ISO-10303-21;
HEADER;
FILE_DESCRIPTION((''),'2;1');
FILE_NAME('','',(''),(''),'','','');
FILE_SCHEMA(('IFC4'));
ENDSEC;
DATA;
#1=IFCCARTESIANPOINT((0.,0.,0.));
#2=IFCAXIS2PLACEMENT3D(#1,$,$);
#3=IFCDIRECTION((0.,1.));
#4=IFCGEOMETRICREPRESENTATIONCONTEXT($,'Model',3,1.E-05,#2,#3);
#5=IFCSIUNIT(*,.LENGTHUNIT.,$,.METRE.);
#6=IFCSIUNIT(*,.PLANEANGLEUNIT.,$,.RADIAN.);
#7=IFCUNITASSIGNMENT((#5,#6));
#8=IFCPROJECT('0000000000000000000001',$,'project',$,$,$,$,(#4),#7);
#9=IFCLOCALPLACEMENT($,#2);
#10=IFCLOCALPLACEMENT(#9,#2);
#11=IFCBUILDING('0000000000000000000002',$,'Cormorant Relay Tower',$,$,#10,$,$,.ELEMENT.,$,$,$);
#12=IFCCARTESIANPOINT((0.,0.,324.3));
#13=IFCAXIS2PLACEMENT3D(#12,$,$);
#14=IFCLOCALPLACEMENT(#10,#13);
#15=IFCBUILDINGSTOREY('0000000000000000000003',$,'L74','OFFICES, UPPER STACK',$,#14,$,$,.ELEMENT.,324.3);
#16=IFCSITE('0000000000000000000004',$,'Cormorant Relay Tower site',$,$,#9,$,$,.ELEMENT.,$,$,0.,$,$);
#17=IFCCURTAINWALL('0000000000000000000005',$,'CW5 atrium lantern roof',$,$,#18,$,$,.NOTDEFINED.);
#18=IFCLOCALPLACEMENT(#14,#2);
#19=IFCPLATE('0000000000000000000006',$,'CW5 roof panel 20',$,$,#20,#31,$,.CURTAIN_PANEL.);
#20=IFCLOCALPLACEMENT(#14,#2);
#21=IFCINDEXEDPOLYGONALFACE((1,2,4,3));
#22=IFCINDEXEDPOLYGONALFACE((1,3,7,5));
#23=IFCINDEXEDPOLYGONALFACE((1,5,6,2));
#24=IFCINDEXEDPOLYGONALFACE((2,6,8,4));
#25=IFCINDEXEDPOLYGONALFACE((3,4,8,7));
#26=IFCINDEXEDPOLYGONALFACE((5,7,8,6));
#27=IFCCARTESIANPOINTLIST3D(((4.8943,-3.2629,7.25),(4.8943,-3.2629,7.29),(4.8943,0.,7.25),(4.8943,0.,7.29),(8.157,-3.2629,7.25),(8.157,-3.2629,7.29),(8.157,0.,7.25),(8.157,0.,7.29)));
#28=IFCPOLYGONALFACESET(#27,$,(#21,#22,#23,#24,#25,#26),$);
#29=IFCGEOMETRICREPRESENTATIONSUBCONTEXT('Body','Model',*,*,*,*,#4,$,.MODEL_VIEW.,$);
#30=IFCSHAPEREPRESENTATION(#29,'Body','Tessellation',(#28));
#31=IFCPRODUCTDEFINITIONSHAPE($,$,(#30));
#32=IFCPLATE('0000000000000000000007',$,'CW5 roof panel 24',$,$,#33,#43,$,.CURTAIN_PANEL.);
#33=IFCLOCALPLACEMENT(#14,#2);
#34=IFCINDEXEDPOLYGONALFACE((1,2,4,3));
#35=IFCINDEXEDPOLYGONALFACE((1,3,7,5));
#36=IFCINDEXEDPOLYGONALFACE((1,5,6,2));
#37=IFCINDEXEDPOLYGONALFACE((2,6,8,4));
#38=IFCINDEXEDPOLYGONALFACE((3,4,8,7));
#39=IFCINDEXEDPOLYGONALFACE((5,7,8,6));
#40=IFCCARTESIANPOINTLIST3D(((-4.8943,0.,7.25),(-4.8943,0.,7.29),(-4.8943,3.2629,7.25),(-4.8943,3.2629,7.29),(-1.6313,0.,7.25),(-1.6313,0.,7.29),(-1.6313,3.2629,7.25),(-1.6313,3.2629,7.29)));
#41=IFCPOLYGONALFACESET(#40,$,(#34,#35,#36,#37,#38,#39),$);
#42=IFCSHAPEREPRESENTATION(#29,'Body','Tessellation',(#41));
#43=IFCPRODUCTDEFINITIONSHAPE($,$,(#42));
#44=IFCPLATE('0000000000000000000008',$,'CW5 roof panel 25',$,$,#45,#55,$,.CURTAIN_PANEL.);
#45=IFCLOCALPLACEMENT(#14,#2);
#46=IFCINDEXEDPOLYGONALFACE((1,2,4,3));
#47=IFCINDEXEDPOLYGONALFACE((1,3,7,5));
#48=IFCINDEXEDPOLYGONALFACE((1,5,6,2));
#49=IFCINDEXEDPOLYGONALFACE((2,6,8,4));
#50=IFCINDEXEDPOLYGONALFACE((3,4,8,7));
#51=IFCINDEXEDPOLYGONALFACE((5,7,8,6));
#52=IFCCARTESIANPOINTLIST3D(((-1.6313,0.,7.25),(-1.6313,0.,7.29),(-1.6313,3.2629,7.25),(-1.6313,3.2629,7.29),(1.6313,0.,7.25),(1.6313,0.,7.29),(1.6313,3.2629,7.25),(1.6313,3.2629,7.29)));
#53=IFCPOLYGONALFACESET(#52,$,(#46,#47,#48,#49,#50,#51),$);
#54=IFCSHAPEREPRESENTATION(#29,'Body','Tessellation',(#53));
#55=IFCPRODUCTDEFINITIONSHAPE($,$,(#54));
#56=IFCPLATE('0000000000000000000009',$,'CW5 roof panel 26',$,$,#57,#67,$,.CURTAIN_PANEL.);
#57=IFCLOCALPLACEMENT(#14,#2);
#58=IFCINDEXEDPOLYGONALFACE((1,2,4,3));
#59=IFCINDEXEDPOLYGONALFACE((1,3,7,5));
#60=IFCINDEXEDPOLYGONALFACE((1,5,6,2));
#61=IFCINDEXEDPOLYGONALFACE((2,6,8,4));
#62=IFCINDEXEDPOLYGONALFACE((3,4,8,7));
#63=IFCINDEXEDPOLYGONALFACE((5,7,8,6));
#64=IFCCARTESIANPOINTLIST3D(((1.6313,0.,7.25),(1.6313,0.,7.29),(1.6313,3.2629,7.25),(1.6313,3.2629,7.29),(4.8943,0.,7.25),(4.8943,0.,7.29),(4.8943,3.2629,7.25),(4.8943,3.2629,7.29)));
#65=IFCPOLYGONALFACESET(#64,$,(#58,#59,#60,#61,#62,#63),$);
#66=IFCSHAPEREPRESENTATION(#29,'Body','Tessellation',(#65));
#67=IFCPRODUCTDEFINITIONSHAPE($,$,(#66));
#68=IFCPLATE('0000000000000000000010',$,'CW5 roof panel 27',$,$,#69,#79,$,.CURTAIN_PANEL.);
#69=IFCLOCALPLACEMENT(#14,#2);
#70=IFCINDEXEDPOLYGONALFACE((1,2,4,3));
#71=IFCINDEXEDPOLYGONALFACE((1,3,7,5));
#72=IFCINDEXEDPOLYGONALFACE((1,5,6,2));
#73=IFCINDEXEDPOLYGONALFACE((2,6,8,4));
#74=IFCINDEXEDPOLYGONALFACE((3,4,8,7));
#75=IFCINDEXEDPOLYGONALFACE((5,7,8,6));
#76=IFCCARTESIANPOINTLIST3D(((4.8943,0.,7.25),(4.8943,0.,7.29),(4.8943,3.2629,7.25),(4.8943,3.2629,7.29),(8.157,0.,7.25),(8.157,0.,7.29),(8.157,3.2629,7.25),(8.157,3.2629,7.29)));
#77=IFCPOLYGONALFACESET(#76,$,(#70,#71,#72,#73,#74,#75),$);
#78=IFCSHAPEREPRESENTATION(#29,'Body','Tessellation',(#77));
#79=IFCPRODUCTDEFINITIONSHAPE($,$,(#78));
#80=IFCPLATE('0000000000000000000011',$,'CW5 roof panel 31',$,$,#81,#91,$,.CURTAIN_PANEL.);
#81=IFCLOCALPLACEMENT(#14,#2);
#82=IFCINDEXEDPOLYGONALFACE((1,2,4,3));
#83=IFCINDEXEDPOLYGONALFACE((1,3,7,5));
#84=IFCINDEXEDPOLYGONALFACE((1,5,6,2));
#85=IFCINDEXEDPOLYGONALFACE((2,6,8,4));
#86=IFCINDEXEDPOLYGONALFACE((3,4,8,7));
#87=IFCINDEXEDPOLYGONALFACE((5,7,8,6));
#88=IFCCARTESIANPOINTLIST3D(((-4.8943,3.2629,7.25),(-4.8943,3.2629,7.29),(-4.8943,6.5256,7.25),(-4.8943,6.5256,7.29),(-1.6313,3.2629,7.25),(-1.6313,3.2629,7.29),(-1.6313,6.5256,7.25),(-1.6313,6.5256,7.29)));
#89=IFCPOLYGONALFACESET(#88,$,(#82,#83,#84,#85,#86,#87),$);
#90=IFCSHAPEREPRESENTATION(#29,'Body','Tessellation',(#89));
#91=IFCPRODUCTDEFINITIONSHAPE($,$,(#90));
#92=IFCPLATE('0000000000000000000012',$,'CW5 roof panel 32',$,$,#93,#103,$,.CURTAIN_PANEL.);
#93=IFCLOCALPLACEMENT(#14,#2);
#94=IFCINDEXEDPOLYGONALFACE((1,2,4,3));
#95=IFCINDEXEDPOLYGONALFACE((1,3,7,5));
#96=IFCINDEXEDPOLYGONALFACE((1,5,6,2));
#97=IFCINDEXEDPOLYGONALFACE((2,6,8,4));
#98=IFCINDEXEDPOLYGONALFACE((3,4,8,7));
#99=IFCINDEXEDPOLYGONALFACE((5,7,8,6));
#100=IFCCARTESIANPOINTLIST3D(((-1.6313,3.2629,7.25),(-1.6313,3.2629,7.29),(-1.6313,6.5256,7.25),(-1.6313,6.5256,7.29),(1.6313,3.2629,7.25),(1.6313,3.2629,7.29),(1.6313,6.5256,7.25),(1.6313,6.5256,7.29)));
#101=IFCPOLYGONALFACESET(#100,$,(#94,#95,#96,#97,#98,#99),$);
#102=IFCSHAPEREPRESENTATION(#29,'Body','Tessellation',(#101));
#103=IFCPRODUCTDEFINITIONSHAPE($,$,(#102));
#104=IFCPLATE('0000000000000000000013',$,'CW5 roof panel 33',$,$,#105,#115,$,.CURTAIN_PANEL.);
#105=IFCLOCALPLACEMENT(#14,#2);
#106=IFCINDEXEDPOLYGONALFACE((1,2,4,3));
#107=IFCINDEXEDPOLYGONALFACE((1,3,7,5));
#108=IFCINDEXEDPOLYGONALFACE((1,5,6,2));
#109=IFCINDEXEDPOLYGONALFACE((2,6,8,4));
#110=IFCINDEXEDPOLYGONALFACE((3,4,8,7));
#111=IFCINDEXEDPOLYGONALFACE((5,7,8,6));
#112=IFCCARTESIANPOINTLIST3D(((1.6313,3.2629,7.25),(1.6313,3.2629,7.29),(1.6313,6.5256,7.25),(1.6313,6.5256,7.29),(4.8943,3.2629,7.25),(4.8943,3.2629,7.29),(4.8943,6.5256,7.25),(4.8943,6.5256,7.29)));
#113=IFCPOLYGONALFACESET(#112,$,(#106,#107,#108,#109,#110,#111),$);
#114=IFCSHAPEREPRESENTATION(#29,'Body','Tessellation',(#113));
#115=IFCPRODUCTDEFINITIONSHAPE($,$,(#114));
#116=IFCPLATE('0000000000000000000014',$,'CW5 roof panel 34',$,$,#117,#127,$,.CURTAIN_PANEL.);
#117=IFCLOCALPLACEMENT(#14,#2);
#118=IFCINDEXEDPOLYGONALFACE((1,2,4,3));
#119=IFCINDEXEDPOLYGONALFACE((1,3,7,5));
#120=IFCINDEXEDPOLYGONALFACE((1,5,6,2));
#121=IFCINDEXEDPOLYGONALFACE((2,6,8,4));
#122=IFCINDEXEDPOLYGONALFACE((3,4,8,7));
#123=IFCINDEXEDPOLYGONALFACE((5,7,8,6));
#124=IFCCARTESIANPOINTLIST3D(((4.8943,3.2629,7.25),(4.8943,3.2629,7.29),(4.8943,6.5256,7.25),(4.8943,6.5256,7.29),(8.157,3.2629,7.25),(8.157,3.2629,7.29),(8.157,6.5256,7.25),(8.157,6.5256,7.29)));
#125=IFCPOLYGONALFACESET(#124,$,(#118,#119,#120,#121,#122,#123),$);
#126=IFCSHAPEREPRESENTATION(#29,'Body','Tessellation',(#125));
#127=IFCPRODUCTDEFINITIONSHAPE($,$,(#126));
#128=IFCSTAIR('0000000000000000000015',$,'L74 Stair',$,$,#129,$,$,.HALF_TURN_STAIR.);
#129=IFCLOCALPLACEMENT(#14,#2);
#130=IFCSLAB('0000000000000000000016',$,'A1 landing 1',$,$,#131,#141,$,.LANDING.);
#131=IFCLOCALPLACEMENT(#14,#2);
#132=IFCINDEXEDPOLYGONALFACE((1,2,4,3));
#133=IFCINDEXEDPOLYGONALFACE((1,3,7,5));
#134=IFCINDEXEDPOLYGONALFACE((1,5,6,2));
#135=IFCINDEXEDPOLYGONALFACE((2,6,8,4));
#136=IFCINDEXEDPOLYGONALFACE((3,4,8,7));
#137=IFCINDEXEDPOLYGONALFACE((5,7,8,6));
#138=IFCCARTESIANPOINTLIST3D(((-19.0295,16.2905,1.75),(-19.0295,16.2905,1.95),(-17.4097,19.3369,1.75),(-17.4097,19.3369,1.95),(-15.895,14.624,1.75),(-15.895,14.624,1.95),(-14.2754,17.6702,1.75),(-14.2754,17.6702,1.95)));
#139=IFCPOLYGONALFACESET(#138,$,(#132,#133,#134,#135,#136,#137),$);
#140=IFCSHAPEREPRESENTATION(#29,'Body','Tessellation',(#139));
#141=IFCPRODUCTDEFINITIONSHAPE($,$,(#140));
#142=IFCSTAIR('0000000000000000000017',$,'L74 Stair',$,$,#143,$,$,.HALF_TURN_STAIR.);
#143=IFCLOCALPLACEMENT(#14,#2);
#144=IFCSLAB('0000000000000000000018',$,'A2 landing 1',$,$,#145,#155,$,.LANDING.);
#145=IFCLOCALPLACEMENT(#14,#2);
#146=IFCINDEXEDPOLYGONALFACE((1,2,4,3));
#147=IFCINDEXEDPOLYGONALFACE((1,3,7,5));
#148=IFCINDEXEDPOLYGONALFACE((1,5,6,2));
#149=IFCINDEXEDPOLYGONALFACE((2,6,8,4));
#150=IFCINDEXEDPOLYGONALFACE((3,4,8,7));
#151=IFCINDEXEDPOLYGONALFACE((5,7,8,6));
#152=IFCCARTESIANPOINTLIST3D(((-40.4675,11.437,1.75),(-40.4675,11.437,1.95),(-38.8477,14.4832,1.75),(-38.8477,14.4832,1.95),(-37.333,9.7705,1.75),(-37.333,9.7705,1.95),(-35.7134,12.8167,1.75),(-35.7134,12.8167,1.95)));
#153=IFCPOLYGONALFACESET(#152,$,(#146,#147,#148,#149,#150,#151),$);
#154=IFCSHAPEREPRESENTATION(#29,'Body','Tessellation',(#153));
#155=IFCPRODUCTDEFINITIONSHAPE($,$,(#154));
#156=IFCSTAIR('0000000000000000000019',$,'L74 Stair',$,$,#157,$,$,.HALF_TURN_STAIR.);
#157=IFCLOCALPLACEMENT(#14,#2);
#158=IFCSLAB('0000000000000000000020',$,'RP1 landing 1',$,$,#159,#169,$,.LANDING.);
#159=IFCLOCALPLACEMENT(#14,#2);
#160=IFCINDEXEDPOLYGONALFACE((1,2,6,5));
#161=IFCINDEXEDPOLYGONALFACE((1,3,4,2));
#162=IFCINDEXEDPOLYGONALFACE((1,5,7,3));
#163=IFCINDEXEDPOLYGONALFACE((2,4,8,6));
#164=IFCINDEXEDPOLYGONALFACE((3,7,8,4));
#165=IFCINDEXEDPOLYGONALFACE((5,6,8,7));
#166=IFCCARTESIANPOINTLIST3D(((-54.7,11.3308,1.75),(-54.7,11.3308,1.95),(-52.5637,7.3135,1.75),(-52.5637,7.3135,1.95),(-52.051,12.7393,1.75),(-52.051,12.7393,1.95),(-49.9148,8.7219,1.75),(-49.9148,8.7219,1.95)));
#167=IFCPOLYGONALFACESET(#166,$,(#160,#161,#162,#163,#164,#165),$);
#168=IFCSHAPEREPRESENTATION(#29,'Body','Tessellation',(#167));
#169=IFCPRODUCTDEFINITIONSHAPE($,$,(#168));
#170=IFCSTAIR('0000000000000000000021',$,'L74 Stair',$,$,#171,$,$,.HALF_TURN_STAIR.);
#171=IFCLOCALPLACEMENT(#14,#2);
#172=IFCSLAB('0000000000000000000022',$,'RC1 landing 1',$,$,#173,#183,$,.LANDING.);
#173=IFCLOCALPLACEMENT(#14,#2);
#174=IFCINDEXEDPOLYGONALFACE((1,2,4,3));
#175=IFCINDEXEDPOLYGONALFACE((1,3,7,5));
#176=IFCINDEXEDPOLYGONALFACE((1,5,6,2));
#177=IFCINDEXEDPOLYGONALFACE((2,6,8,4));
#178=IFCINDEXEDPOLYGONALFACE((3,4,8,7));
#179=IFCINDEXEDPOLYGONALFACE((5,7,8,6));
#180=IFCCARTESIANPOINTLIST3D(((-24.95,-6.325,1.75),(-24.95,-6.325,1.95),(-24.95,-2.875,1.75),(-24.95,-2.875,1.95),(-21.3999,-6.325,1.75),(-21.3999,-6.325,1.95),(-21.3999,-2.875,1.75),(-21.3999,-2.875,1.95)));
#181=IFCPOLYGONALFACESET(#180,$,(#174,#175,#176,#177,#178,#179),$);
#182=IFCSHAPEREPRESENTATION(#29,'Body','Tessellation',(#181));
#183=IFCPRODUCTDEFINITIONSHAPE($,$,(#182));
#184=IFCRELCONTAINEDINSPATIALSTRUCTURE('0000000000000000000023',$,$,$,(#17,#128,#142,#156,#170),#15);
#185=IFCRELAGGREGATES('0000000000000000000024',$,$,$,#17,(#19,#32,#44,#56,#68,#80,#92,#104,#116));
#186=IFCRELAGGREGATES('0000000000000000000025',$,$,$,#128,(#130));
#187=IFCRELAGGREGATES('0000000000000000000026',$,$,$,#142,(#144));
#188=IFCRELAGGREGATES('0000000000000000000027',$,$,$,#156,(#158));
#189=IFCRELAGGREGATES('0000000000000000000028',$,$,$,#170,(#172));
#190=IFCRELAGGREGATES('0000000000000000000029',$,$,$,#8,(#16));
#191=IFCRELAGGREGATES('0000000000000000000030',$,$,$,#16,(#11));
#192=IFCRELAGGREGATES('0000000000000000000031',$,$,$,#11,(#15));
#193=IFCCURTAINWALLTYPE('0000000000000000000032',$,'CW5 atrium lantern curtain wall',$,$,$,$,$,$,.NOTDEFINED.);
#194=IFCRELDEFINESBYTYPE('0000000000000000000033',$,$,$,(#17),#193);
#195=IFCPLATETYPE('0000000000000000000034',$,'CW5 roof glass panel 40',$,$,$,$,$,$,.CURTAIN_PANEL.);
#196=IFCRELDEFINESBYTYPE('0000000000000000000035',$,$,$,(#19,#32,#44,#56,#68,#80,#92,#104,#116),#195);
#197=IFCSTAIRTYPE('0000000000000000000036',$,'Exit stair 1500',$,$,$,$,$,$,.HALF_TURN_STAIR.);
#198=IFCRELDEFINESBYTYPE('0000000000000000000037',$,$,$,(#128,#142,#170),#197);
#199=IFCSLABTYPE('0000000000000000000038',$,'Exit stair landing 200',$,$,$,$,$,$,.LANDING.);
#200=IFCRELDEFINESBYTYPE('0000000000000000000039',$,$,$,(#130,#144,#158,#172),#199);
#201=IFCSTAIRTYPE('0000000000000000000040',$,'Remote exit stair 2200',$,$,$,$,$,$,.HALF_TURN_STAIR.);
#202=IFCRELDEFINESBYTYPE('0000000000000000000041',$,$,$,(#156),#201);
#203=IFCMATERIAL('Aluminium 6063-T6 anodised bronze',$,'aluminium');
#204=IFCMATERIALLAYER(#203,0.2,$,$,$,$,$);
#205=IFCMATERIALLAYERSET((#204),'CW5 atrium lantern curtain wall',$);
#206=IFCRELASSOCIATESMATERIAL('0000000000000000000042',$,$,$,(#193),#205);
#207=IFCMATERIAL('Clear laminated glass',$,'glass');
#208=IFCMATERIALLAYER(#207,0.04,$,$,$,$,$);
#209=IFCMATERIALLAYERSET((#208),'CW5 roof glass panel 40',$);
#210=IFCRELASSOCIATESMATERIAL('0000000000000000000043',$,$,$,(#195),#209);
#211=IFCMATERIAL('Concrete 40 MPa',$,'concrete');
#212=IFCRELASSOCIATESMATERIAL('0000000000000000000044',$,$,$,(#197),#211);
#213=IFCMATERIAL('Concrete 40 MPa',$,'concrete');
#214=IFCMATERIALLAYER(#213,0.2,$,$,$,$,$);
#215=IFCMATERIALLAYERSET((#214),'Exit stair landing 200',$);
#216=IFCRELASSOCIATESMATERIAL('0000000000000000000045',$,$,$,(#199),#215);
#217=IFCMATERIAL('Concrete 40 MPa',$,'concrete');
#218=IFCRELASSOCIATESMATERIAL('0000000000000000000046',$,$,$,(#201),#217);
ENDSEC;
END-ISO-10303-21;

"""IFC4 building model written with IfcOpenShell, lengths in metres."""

from ifc_helpers import new_model, si_unit, direction, frame, origin, place, context, subcontext, project, spatial, polyline, outline, extrude, material, layer, layer_set, type_object, element, aggregate, save


model = new_model("IFC4")

# Units and contexts
model_context = context("Model", 3, precision=1e-05, world=origin(), true_north=direction((0.0, 1.0)))
body_context = subcontext(model_context, "Body", "Model", "MODEL_VIEW")
ifc_project = project(units=[si_unit("LENGTHUNIT", "METRE"), si_unit("PLANEANGLEUNIT", "RADIAN")], contexts=[model_context])

# Site, building, storey
site_placement = place(None, origin())
site = spatial("IfcSite", under=ifc_project, at=site_placement, Name="Cormorant Relay Tower site", CompositionType="ELEMENT", RefElevation=0.0)
building_placement = place(site_placement, origin())
building = spatial("IfcBuilding", under=site, at=building_placement, Name="Cormorant Relay Tower", CompositionType="ELEMENT")
storey_placement = place(building_placement, frame((0.0, 0.0, 324.3)))
storey = spatial("IfcBuildingStorey", under=building, at=storey_placement, Name="L74", Description="OFFICES, UPPER STACK", CompositionType="ELEMENT", Elevation=324.3)

# Shared definitions
ifc_material_1 = material(Name="Aluminium 6063-T6 anodised bronze", Category="aluminium")
ifc_layer_1 = layer(ifc_material_1, 0.2)
ifc_layer_set_1 = layer_set([ifc_layer_1], Name="CW5 atrium lantern curtain wall")
curtain_wall_type = type_object("IfcCurtainWallType", Name="CW5 atrium lantern curtain wall", PredefinedType="NOTDEFINED", material=ifc_layer_set_1)

# Curtain wall, plates
curtain_wall_1_placement = place(storey_placement, origin())
curtain_wall_1 = element("IfcCurtainWall", 1, at=curtain_wall_1_placement, inside=storey, type_object=curtain_wall_type, Name="CW5 atrium lantern roof", PredefinedType="NOTDEFINED")
ifc_material_2 = material(Name="Clear laminated glass", Category="glass")
ifc_layer_2 = layer(ifc_material_2, 0.04)
ifc_layer_set_2 = layer_set([ifc_layer_2], Name="CW5 roof glass panel 40")
plate_type_1 = type_object("IfcPlateType", Name="CW5 roof glass panel 40", PredefinedType="CURTAIN_PANEL", material=ifc_layer_set_2)
plate_1_placement = place(storey_placement, frame((8.157, -3.2629, 7.29), z_axis=(0.0, 0.0, 1.0), x_axis=(0.0, 1.0, 0.0)))
plate_1 = element("IfcPlate", 2, at=plate_1_placement, type_object=plate_type_1, Name="CW5 roof panel 20", PredefinedType="CURTAIN_PANEL", context=body_context, shape_type="SweptSolid", body=[
    extrude(outline(polyline([(0.0, 0.0), (3.2629, 0.0), (3.2629, 3.2627), (0.0, 3.2627), (0.0, 0.0)])), origin(), (0.0, 0.0, -1.0), 0.04),
])
plate_2_placement = place(storey_placement, frame((-1.6313, 0.0, 7.29), z_axis=(0.0, 0.0, 1.0), x_axis=(0.0, 1.0, 0.0)))
plate_2 = element("IfcPlate", 3, at=plate_2_placement, type_object=plate_type_1, Name="CW5 roof panel 24", PredefinedType="CURTAIN_PANEL", context=body_context, shape_type="SweptSolid", body=[
    extrude(outline(polyline([(0.0, 0.0), (3.2629, 0.0), (3.2629, 3.2629), (0.0, 3.2629), (0.0, 0.0)])), origin(), (0.0, 0.0, -1.0), 0.04),
])
plate_3_placement = place(storey_placement, frame((1.6313, 0.0, 7.29), z_axis=(0.0, 0.0, 1.0), x_axis=(0.0, 1.0, 0.0)))
plate_3 = element("IfcPlate", 4, at=plate_3_placement, type_object=plate_type_1, Name="CW5 roof panel 25", PredefinedType="CURTAIN_PANEL", context=body_context, shape_type="SweptSolid", body=[
    extrude(outline(polyline([(0.0, 0.0), (3.2629, 0.0), (3.2629, 3.2627), (0.0, 3.2627), (0.0, 0.0)])), origin(), (0.0, 0.0, -1.0), 0.04),
])
plate_4_placement = place(storey_placement, frame((4.8943, 0.0, 7.29), z_axis=(0.0, 0.0, 1.0), x_axis=(0.0, 1.0, 0.0)))
plate_4 = element("IfcPlate", 5, at=plate_4_placement, type_object=plate_type_1, Name="CW5 roof panel 26", PredefinedType="CURTAIN_PANEL", context=body_context, shape_type="SweptSolid", body=[
    extrude(outline(polyline([(0.0, 0.0), (3.2629, 0.0), (3.2629, 3.2629), (0.0, 3.2629), (0.0, 0.0)])), origin(), (0.0, 0.0, -1.0), 0.04),
])
plate_5_placement = place(storey_placement, frame((8.157, 0.0, 7.29), z_axis=(0.0, 0.0, 1.0), x_axis=(0.0, 1.0, 0.0)))
plate_5 = element("IfcPlate", 6, at=plate_5_placement, type_object=plate_type_1, Name="CW5 roof panel 27", PredefinedType="CURTAIN_PANEL", context=body_context, shape_type="SweptSolid", body=[
    extrude(outline(polyline([(0.0, 0.0), (3.2629, 0.0), (3.2629, 3.2627), (0.0, 3.2627), (0.0, 0.0)])), origin(), (0.0, 0.0, -1.0), 0.04),
])
plate_6_placement = place(storey_placement, frame((-1.6313, 3.2629, 7.29), z_axis=(0.0, 0.0, 1.0), x_axis=(0.0, 1.0, 0.0)))
plate_6 = element("IfcPlate", 7, at=plate_6_placement, type_object=plate_type_1, Name="CW5 roof panel 31", PredefinedType="CURTAIN_PANEL", context=body_context, shape_type="SweptSolid", body=[
    extrude(outline(polyline([(0.0, 0.0), (3.2627, 0.0), (3.2627, 3.2629), (0.0, 3.2629), (0.0, 0.0)])), origin(), (0.0, 0.0, -1.0), 0.04),
])
plate_7_placement = place(storey_placement, frame((1.6313, 3.2629, 7.29), z_axis=(0.0, 0.0, 1.0), x_axis=(0.0, 1.0, 0.0)))
plate_7 = element("IfcPlate", 8, at=plate_7_placement, type_object=plate_type_1, Name="CW5 roof panel 32", PredefinedType="CURTAIN_PANEL", context=body_context, shape_type="SweptSolid", body=[
    extrude(outline(polyline([(0.0, 0.0), (3.2627, 0.0), (3.2627, 3.2627), (0.0, 3.2627), (0.0, 0.0)])), origin(), (0.0, 0.0, -1.0), 0.04),
])
plate_8_placement = place(storey_placement, frame((4.8943, 3.2629, 7.29), z_axis=(0.0, 0.0, 1.0), x_axis=(0.0, 1.0, 0.0)))
plate_8 = element("IfcPlate", 9, at=plate_8_placement, type_object=plate_type_1, Name="CW5 roof panel 33", PredefinedType="CURTAIN_PANEL", context=body_context, shape_type="SweptSolid", body=[
    extrude(outline(polyline([(0.0, 0.0), (3.2627, 0.0), (3.2627, 3.2629), (0.0, 3.2629), (0.0, 0.0)])), origin(), (0.0, 0.0, -1.0), 0.04),
])
plate_9_placement = place(storey_placement, frame((8.157, 3.2629, 7.29), z_axis=(0.0, 0.0, 1.0), x_axis=(0.0, 1.0, 0.0)))
plate_9 = element("IfcPlate", 10, at=plate_9_placement, type_object=plate_type_1, Name="CW5 roof panel 34", PredefinedType="CURTAIN_PANEL", context=body_context, shape_type="SweptSolid", body=[
    extrude(outline(polyline([(0.0, 0.0), (3.2627, 0.0), (3.2627, 3.2627), (0.0, 3.2627), (0.0, 0.0)])), origin(), (0.0, 0.0, -1.0), 0.04),
])
aggregate(curtain_wall_1, [plate_1, plate_2, plate_3, plate_4, plate_5, plate_6, plate_7, plate_8, plate_9])

# Stairs, slabs
ifc_material_3 = material(Name="Concrete 40 MPa", Category="concrete")
stair_type_1 = type_object("IfcStairType", Name="Exit stair 1500", PredefinedType="HALF_TURN_STAIR", material=ifc_material_3)
stair_1_placement = place(storey_placement, origin())
stair_1 = element("IfcStair", 11, at=stair_1_placement, inside=storey, type_object=stair_type_1, Name="L74 Stair", PredefinedType="HALF_TURN_STAIR")
ifc_material_4 = material(Name="Concrete 40 MPa", Category="concrete")
ifc_layer_3 = layer(ifc_material_4, 0.2)
ifc_layer_set_3 = layer_set([ifc_layer_3], Name="Exit stair landing 200")
slab_type_1 = type_object("IfcSlabType", Name="Exit stair landing 200", PredefinedType="LANDING", material=ifc_layer_set_3)
slab_1_placement = place(storey_placement, frame((0.0, 0.0, 1.75)))
slab_1 = element("IfcSlab", 12, at=slab_1_placement, type_object=slab_type_1, Name="A1 landing 1", PredefinedType="LANDING", context=body_context, shape_type="SweptSolid", body=[
    extrude(outline(polyline([(-19.0295, 16.2905), (-15.895, 14.624), (-14.2754, 17.6702), (-17.4097, 19.3369), (-19.0295, 16.2905)])), origin(), (0.0, 0.0, 1.0), 0.2),
])
aggregate(stair_1, [slab_1])
stair_2_placement = place(storey_placement, origin())
stair_2 = element("IfcStair", 13, at=stair_2_placement, inside=storey, type_object=stair_type_1, Name="L74 Stair", PredefinedType="HALF_TURN_STAIR")
slab_2_placement = place(storey_placement, frame((0.0, 0.0, 1.75)))
slab_2 = element("IfcSlab", 14, at=slab_2_placement, type_object=slab_type_1, Name="A2 landing 1", PredefinedType="LANDING", context=body_context, shape_type="SweptSolid", body=[
    extrude(outline(polyline([(-35.7134, 12.8167), (-38.8477, 14.4832), (-40.4675, 11.437), (-37.333, 9.7705), (-35.7134, 12.8167)])), origin(), (0.0, 0.0, 1.0), 0.2),
])
aggregate(stair_2, [slab_2])
ifc_material_5 = material(Name="Concrete 40 MPa", Category="concrete")
stair_type_2 = type_object("IfcStairType", Name="Remote exit stair 2200", PredefinedType="HALF_TURN_STAIR", material=ifc_material_5)
stair_3_placement = place(storey_placement, origin())
stair_3 = element("IfcStair", 15, at=stair_3_placement, inside=storey, type_object=stair_type_2, Name="L74 Stair", PredefinedType="HALF_TURN_STAIR")
slab_3_placement = place(storey_placement, frame((0.0, 0.0, 1.75)))
slab_3 = element("IfcSlab", 16, at=slab_3_placement, type_object=slab_type_1, Name="RP1 landing 1", PredefinedType="LANDING", context=body_context, shape_type="SweptSolid", body=[
    extrude(outline(polyline([(-52.051, 12.7393), (-54.7, 11.3308), (-52.5637, 7.3135), (-49.9148, 8.7219), (-52.051, 12.7393)])), origin(), (0.0, 0.0, 1.0), 0.2),
])
aggregate(stair_3, [slab_3])
stair_4_placement = place(storey_placement, origin())
stair_4 = element("IfcStair", 17, at=stair_4_placement, inside=storey, type_object=stair_type_1, Name="L74 Stair", PredefinedType="HALF_TURN_STAIR")
slab_4_placement = place(storey_placement, frame((0.0, 0.0, 1.75)))
slab_4 = element("IfcSlab", 18, at=slab_4_placement, type_object=slab_type_1, Name="RC1 landing 1", PredefinedType="LANDING", context=body_context, shape_type="SweptSolid", body=[
    extrude(outline(polyline([(-24.95, -6.325), (-21.3999, -6.325), (-21.3999, -2.875), (-24.95, -2.875), (-24.95, -6.325)])), origin(), (0.0, 0.0, 1.0), 0.2),
])
aggregate(stair_4, [slab_4])

save(model, "model.ifc")
